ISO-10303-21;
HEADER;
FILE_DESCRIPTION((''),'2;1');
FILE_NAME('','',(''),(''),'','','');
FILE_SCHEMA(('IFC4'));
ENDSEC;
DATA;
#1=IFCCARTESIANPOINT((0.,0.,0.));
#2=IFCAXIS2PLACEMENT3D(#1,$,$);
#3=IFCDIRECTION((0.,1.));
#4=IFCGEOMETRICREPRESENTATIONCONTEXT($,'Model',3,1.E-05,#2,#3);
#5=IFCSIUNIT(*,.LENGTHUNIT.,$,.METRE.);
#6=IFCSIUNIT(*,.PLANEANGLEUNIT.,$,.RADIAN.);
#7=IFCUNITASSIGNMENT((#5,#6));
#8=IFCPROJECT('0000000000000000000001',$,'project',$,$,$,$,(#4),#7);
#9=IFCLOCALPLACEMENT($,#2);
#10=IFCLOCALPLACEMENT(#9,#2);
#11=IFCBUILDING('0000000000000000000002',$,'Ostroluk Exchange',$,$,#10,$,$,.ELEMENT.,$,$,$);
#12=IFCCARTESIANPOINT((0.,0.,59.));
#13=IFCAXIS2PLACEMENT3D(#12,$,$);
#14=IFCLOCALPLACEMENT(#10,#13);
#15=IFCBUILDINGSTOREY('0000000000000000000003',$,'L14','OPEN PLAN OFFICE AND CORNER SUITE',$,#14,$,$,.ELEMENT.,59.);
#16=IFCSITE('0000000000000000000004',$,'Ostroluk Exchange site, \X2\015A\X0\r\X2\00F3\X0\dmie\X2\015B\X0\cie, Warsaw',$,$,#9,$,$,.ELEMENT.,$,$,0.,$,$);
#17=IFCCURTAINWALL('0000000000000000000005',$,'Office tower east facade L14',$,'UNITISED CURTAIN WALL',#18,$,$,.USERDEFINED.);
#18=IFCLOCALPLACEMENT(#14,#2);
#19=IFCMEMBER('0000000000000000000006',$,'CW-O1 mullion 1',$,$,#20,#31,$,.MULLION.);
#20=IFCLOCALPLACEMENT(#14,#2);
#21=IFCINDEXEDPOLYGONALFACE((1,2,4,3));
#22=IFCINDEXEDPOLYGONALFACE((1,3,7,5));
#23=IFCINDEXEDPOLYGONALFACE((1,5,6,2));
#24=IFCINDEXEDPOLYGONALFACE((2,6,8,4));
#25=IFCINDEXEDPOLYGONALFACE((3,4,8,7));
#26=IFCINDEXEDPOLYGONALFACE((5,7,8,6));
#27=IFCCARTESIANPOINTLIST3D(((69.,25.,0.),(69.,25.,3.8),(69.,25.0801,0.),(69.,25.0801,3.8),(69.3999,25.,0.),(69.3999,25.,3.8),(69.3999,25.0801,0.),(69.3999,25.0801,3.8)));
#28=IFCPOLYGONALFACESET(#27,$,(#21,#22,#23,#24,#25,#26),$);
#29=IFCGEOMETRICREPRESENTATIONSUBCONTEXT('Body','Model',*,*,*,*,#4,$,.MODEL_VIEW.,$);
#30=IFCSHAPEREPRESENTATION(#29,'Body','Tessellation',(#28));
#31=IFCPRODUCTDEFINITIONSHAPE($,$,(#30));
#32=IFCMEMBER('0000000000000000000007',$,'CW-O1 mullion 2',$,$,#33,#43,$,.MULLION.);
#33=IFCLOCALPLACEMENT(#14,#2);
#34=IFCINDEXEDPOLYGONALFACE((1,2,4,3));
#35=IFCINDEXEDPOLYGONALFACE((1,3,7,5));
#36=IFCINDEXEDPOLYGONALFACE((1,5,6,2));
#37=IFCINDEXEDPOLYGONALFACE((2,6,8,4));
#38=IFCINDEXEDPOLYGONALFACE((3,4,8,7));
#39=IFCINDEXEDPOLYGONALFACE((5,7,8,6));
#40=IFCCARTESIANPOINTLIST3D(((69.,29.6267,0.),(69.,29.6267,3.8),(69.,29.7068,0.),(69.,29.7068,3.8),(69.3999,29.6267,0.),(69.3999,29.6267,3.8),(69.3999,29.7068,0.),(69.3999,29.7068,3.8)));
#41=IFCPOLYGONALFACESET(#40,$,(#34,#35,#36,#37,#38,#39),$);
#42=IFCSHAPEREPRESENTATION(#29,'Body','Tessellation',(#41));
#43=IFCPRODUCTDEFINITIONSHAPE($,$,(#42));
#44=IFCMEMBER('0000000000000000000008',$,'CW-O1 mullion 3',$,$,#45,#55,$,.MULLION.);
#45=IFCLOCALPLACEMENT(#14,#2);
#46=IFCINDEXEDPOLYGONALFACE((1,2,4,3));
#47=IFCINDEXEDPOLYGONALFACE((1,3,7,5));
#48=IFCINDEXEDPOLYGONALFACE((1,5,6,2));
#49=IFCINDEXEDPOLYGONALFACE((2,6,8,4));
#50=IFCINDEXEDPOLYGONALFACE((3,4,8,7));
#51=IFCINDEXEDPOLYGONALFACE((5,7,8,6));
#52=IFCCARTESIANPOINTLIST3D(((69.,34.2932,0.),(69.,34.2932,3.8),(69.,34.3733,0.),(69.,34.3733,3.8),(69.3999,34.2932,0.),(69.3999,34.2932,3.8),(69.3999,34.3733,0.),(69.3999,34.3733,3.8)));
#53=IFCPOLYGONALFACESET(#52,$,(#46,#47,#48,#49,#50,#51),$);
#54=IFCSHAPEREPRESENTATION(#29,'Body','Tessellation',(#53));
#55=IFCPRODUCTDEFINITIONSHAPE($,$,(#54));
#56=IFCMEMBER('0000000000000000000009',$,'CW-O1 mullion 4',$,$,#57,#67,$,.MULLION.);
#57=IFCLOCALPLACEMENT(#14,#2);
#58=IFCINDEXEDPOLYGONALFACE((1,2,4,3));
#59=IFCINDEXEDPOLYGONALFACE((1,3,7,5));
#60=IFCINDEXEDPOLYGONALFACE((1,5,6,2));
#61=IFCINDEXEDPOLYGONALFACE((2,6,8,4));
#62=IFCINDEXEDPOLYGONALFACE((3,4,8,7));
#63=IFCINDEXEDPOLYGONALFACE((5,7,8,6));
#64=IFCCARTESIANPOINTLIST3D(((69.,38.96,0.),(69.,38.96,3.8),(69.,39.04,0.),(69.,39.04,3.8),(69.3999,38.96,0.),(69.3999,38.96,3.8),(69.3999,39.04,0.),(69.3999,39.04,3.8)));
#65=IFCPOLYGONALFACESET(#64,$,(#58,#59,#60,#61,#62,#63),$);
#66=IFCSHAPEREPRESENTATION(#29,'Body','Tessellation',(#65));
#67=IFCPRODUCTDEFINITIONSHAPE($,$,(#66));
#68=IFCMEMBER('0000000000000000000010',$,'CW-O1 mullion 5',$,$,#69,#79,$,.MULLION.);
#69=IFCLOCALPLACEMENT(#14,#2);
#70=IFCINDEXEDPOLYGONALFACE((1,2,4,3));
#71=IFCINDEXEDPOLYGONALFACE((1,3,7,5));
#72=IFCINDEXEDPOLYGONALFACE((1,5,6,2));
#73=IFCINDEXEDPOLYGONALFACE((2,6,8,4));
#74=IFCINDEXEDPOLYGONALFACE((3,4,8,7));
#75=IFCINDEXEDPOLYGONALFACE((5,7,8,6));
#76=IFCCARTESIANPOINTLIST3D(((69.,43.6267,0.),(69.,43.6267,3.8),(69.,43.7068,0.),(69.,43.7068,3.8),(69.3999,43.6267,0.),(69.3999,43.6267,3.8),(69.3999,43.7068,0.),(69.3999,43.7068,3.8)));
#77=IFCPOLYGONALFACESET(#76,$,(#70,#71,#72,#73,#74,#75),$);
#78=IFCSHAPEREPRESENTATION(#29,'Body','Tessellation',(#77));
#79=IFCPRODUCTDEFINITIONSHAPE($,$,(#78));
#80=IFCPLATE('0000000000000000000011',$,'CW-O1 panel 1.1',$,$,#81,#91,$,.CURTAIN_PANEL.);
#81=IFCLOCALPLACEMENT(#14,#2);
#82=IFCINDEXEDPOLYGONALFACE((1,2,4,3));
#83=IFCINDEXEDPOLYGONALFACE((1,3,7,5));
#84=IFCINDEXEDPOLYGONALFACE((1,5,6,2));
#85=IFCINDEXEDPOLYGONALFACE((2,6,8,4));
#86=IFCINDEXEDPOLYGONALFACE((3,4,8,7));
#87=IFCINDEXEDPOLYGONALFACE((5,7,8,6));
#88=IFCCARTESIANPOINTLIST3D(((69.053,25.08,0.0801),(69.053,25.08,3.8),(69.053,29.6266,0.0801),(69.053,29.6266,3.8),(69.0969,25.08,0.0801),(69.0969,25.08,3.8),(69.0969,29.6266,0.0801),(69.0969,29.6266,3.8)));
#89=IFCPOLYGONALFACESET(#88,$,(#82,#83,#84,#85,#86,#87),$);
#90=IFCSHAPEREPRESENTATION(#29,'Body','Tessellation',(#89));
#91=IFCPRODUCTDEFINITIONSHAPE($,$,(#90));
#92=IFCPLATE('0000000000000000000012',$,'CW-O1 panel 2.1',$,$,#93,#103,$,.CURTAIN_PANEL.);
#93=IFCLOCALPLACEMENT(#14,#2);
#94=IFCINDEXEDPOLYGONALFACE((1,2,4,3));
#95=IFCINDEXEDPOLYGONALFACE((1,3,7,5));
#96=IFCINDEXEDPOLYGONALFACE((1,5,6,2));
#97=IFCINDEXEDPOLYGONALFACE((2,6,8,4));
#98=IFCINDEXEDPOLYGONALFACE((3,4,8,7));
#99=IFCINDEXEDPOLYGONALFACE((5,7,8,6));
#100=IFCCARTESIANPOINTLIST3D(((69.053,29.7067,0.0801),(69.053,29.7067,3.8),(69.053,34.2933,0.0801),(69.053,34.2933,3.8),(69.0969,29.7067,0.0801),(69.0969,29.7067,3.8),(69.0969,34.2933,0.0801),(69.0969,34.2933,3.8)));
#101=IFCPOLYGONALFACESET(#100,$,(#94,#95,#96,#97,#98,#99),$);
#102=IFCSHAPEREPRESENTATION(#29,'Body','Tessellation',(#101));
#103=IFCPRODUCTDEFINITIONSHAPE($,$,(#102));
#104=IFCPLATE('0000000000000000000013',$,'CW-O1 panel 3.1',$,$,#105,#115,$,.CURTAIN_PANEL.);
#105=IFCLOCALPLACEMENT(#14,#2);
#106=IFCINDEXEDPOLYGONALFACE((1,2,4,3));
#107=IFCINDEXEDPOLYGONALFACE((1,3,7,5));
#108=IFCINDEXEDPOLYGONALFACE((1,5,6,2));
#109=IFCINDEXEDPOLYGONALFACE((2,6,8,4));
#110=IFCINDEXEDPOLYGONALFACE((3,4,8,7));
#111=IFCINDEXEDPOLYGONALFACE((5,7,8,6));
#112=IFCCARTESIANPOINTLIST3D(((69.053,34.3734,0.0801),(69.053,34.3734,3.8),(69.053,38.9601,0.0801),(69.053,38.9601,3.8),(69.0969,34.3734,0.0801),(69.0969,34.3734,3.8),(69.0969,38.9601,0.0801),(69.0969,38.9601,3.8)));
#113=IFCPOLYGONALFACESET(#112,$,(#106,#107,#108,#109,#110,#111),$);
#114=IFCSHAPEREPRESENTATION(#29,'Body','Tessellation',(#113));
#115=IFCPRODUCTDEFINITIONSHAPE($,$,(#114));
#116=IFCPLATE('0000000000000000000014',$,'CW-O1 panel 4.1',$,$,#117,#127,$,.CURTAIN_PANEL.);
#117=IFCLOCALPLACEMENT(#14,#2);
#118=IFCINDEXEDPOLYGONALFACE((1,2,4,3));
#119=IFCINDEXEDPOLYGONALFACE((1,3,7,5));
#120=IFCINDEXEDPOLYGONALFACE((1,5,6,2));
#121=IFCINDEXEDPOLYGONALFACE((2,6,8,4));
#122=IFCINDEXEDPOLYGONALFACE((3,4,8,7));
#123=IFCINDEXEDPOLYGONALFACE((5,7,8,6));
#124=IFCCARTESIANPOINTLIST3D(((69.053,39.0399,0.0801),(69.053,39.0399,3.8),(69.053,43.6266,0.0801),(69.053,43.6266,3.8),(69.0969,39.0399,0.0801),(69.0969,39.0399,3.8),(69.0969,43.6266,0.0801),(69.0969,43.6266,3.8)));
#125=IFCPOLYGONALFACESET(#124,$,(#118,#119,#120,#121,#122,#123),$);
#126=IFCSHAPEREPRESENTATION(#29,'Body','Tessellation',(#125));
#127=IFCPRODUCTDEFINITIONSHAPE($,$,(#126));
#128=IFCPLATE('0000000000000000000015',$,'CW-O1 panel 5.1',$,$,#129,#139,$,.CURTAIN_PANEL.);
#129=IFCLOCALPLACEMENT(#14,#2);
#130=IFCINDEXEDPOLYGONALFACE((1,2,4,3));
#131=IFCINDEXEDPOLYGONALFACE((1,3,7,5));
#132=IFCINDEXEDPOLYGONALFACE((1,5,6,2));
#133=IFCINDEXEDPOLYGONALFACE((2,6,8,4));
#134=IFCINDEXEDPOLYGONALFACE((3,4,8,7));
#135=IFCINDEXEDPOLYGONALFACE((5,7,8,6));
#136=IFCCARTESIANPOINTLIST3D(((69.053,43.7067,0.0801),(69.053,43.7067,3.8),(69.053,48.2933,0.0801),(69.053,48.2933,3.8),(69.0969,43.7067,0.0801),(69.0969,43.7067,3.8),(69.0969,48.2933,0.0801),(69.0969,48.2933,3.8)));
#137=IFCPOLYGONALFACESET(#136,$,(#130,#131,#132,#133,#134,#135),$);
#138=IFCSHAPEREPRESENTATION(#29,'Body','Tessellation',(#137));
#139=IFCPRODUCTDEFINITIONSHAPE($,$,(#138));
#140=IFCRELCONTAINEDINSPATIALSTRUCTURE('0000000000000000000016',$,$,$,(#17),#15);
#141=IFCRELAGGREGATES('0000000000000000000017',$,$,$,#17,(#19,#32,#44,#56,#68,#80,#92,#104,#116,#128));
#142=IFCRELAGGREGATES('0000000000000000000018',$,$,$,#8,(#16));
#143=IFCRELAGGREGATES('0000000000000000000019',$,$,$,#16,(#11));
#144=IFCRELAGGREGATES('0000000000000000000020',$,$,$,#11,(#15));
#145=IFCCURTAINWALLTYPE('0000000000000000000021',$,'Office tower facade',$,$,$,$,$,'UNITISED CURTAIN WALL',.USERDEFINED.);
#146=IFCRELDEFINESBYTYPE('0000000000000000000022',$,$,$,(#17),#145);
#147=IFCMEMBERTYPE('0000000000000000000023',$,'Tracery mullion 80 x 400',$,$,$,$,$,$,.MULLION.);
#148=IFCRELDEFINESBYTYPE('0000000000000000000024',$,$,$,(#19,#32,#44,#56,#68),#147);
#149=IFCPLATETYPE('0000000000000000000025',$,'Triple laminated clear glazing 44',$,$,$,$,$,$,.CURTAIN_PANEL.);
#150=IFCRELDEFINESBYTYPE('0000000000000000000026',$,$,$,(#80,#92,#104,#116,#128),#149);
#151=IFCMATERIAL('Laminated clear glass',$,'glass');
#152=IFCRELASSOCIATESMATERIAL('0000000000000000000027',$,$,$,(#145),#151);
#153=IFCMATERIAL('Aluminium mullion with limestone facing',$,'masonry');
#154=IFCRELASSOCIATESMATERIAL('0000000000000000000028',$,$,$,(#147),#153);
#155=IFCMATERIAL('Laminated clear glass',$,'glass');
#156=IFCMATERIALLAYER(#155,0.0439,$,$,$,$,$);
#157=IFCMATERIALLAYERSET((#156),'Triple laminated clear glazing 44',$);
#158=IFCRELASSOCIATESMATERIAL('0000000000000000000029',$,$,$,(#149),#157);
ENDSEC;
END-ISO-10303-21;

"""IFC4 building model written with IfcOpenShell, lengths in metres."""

from ifc_helpers import new_model, si_unit, direction, frame, origin, origin_2d, place, context, subcontext, project, spatial, rectangle, extrude, material, layer, layer_set, material_profile, profile_set, type_object, element, aggregate, save


model = new_model("IFC4")

# Units and contexts
model_context = context("Model", 3, precision=1e-05, world=origin(), true_north=direction((0.0, 1.0)))
body_context = subcontext(model_context, "Body", "Model", "MODEL_VIEW")
ifc_project = project(units=[si_unit("LENGTHUNIT", "METRE"), si_unit("PLANEANGLEUNIT", "RADIAN")], contexts=[model_context])

# Site, building, storey
site_placement = place(None, origin())
site = spatial("IfcSite", under=ifc_project, at=site_placement, Name="Ostroluk Exchange site, Śródmieście, Warsaw", CompositionType="ELEMENT", RefElevation=0.0)
building_placement = place(site_placement, origin())
building = spatial("IfcBuilding", under=site, at=building_placement, Name="Ostroluk Exchange", CompositionType="ELEMENT")
storey_placement = place(building_placement, frame((0.0, 0.0, 59.0)))
storey = spatial("IfcBuildingStorey", under=building, at=storey_placement, Name="L14", Description="OPEN PLAN OFFICE AND CORNER SUITE", CompositionType="ELEMENT", Elevation=59.0)

# Curtain wall
ifc_material_1 = material(Name="Laminated clear glass", Category="glass")
curtain_wall_type_1 = type_object("IfcCurtainWallType", Name="Office tower facade", ElementType="UNITISED CURTAIN WALL", PredefinedType="USERDEFINED", material=ifc_material_1)
curtain_wall_1_placement = place(storey_placement, origin())
curtain_wall_1 = element("IfcCurtainWall", 1, at=curtain_wall_1_placement, inside=storey, type_object=curtain_wall_type_1, Name="Office tower east facade L14", ObjectType="UNITISED CURTAIN WALL", PredefinedType="USERDEFINED")

# Members
ifc_material_2 = material(Name="Aluminium mullion with limestone facing", Category="masonry")
ifc_material_profile_1 = material_profile(ifc_material_2, rectangle(XDim=0.3999, YDim=0.0801, at=origin_2d()), Name="Tracery mullion 80 x 400")
ifc_profile_set_1 = profile_set([ifc_material_profile_1], Name="Aluminium mullion with limestone facing")
member_type_1 = type_object("IfcMemberType", Name="Tracery mullion 80 x 400", PredefinedType="MULLION", material=ifc_profile_set_1)
member_1_placement = place(storey_placement, frame((69.2, 25.04, 0.0), z_axis=(0.0, 0.0, 1.0), x_axis=(-1.0, 0.0, 0.0)))
member_1 = element("IfcMember", 2, at=member_1_placement, type_object=member_type_1, Name="CW-O1 mullion 1", PredefinedType="MULLION", context=body_context, shape_type="SweptSolid", body=[
    extrude(rectangle(XDim=0.3999, YDim=0.0801, at=origin_2d()), origin(), (0.0, 0.0, 1.0), 3.8),
])
member_2_placement = place(storey_placement, frame((69.2, 29.6667, 0.0), z_axis=(0.0, 0.0, 1.0), x_axis=(-1.0, 0.0, 0.0)))
member_2 = element("IfcMember", 3, at=member_2_placement, type_object=member_type_1, Name="CW-O1 mullion 2", PredefinedType="MULLION", context=body_context, shape_type="SweptSolid", body=[
    extrude(rectangle(XDim=0.3999, YDim=0.0801, at=origin_2d()), origin(), (0.0, 0.0, 1.0), 3.8),
])
member_3_placement = place(storey_placement, frame((69.2, 34.3333, 0.0), z_axis=(0.0, 0.0, 1.0), x_axis=(-1.0, 0.0, 0.0)))
member_3 = element("IfcMember", 4, at=member_3_placement, type_object=member_type_1, Name="CW-O1 mullion 3", PredefinedType="MULLION", context=body_context, shape_type="SweptSolid", body=[
    extrude(rectangle(XDim=0.3999, YDim=0.0801, at=origin_2d()), origin(), (0.0, 0.0, 1.0), 3.8),
])
member_4_placement = place(storey_placement, frame((69.2, 39.0, 0.0), z_axis=(0.0, 0.0, 1.0), x_axis=(-1.0, 0.0, 0.0)))
member_4 = element("IfcMember", 5, at=member_4_placement, type_object=member_type_1, Name="CW-O1 mullion 4", PredefinedType="MULLION", context=body_context, shape_type="SweptSolid", body=[
    extrude(rectangle(XDim=0.3999, YDim=0.0801, at=origin_2d()), origin(), (0.0, 0.0, 1.0), 3.8),
])
member_5_placement = place(storey_placement, frame((69.2, 43.6667, 0.0), z_axis=(0.0, 0.0, 1.0), x_axis=(-1.0, 0.0, 0.0)))
member_5 = element("IfcMember", 6, at=member_5_placement, type_object=member_type_1, Name="CW-O1 mullion 5", PredefinedType="MULLION", context=body_context, shape_type="SweptSolid", body=[
    extrude(rectangle(XDim=0.3999, YDim=0.0801, at=origin_2d()), origin(), (0.0, 0.0, 1.0), 3.8),
])

# Plates
ifc_material_3 = material(Name="Laminated clear glass", Category="glass")
ifc_layer = layer(ifc_material_3, 0.0439)
ifc_layer_set = layer_set([ifc_layer], Name="Triple laminated clear glazing 44")
plate_type = type_object("IfcPlateType", Name="Triple laminated clear glazing 44", PredefinedType="CURTAIN_PANEL", material=ifc_layer_set)
plate_1_placement = place(storey_placement, frame((69.075, 27.3533, 0.0801), z_axis=(0.0, 0.0, 1.0), x_axis=(0.0, 1.0, 0.0)))
plate_1 = element("IfcPlate", 7, at=plate_1_placement, type_object=plate_type, Name="CW-O1 panel 1.1", PredefinedType="CURTAIN_PANEL", context=body_context, shape_type="SweptSolid", body=[
    extrude(rectangle(XDim=4.5466, YDim=0.0439, at=origin_2d()), origin(), (0.0, 0.0, 1.0), 3.72),
])
plate_2_placement = place(storey_placement, frame((69.075, 32.0, 0.0801), z_axis=(0.0, 0.0, 1.0), x_axis=(0.0, 1.0, 0.0)))
plate_2 = element("IfcPlate", 8, at=plate_2_placement, type_object=plate_type, Name="CW-O1 panel 2.1", PredefinedType="CURTAIN_PANEL", context=body_context, shape_type="SweptSolid", body=[
    extrude(rectangle(XDim=4.5867, YDim=0.0439, at=origin_2d()), origin(), (0.0, 0.0, 1.0), 3.72),
])
plate_3_placement = place(storey_placement, frame((69.075, 36.6667, 0.0801), z_axis=(0.0, 0.0, 1.0), x_axis=(0.0, 1.0, 0.0)))
plate_3 = element("IfcPlate", 9, at=plate_3_placement, type_object=plate_type, Name="CW-O1 panel 3.1", PredefinedType="CURTAIN_PANEL", context=body_context, shape_type="SweptSolid", body=[
    extrude(rectangle(XDim=4.5867, YDim=0.0439, at=origin_2d()), origin(), (0.0, 0.0, 1.0), 3.72),
])
plate_4_placement = place(storey_placement, frame((69.075, 41.3333, 0.0801), z_axis=(0.0, 0.0, 1.0), x_axis=(0.0, 1.0, 0.0)))
plate_4 = element("IfcPlate", 10, at=plate_4_placement, type_object=plate_type, Name="CW-O1 panel 4.1", PredefinedType="CURTAIN_PANEL", context=body_context, shape_type="SweptSolid", body=[
    extrude(rectangle(XDim=4.5867, YDim=0.0439, at=origin_2d()), origin(), (0.0, 0.0, 1.0), 3.72),
])
plate_5_placement = place(storey_placement, frame((69.075, 46.0, 0.0801), z_axis=(0.0, 0.0, 1.0), x_axis=(0.0, 1.0, 0.0)))
plate_5 = element("IfcPlate", 11, at=plate_5_placement, type_object=plate_type, Name="CW-O1 panel 5.1", PredefinedType="CURTAIN_PANEL", context=body_context, shape_type="SweptSolid", body=[
    extrude(rectangle(XDim=4.5867, YDim=0.0439, at=origin_2d()), origin(), (0.0, 0.0, 1.0), 3.72),
])
aggregate(curtain_wall_1, [member_1, member_2, member_3, member_4, member_5, plate_1, plate_2, plate_3, plate_4, plate_5])

save(model, "model.ifc")
